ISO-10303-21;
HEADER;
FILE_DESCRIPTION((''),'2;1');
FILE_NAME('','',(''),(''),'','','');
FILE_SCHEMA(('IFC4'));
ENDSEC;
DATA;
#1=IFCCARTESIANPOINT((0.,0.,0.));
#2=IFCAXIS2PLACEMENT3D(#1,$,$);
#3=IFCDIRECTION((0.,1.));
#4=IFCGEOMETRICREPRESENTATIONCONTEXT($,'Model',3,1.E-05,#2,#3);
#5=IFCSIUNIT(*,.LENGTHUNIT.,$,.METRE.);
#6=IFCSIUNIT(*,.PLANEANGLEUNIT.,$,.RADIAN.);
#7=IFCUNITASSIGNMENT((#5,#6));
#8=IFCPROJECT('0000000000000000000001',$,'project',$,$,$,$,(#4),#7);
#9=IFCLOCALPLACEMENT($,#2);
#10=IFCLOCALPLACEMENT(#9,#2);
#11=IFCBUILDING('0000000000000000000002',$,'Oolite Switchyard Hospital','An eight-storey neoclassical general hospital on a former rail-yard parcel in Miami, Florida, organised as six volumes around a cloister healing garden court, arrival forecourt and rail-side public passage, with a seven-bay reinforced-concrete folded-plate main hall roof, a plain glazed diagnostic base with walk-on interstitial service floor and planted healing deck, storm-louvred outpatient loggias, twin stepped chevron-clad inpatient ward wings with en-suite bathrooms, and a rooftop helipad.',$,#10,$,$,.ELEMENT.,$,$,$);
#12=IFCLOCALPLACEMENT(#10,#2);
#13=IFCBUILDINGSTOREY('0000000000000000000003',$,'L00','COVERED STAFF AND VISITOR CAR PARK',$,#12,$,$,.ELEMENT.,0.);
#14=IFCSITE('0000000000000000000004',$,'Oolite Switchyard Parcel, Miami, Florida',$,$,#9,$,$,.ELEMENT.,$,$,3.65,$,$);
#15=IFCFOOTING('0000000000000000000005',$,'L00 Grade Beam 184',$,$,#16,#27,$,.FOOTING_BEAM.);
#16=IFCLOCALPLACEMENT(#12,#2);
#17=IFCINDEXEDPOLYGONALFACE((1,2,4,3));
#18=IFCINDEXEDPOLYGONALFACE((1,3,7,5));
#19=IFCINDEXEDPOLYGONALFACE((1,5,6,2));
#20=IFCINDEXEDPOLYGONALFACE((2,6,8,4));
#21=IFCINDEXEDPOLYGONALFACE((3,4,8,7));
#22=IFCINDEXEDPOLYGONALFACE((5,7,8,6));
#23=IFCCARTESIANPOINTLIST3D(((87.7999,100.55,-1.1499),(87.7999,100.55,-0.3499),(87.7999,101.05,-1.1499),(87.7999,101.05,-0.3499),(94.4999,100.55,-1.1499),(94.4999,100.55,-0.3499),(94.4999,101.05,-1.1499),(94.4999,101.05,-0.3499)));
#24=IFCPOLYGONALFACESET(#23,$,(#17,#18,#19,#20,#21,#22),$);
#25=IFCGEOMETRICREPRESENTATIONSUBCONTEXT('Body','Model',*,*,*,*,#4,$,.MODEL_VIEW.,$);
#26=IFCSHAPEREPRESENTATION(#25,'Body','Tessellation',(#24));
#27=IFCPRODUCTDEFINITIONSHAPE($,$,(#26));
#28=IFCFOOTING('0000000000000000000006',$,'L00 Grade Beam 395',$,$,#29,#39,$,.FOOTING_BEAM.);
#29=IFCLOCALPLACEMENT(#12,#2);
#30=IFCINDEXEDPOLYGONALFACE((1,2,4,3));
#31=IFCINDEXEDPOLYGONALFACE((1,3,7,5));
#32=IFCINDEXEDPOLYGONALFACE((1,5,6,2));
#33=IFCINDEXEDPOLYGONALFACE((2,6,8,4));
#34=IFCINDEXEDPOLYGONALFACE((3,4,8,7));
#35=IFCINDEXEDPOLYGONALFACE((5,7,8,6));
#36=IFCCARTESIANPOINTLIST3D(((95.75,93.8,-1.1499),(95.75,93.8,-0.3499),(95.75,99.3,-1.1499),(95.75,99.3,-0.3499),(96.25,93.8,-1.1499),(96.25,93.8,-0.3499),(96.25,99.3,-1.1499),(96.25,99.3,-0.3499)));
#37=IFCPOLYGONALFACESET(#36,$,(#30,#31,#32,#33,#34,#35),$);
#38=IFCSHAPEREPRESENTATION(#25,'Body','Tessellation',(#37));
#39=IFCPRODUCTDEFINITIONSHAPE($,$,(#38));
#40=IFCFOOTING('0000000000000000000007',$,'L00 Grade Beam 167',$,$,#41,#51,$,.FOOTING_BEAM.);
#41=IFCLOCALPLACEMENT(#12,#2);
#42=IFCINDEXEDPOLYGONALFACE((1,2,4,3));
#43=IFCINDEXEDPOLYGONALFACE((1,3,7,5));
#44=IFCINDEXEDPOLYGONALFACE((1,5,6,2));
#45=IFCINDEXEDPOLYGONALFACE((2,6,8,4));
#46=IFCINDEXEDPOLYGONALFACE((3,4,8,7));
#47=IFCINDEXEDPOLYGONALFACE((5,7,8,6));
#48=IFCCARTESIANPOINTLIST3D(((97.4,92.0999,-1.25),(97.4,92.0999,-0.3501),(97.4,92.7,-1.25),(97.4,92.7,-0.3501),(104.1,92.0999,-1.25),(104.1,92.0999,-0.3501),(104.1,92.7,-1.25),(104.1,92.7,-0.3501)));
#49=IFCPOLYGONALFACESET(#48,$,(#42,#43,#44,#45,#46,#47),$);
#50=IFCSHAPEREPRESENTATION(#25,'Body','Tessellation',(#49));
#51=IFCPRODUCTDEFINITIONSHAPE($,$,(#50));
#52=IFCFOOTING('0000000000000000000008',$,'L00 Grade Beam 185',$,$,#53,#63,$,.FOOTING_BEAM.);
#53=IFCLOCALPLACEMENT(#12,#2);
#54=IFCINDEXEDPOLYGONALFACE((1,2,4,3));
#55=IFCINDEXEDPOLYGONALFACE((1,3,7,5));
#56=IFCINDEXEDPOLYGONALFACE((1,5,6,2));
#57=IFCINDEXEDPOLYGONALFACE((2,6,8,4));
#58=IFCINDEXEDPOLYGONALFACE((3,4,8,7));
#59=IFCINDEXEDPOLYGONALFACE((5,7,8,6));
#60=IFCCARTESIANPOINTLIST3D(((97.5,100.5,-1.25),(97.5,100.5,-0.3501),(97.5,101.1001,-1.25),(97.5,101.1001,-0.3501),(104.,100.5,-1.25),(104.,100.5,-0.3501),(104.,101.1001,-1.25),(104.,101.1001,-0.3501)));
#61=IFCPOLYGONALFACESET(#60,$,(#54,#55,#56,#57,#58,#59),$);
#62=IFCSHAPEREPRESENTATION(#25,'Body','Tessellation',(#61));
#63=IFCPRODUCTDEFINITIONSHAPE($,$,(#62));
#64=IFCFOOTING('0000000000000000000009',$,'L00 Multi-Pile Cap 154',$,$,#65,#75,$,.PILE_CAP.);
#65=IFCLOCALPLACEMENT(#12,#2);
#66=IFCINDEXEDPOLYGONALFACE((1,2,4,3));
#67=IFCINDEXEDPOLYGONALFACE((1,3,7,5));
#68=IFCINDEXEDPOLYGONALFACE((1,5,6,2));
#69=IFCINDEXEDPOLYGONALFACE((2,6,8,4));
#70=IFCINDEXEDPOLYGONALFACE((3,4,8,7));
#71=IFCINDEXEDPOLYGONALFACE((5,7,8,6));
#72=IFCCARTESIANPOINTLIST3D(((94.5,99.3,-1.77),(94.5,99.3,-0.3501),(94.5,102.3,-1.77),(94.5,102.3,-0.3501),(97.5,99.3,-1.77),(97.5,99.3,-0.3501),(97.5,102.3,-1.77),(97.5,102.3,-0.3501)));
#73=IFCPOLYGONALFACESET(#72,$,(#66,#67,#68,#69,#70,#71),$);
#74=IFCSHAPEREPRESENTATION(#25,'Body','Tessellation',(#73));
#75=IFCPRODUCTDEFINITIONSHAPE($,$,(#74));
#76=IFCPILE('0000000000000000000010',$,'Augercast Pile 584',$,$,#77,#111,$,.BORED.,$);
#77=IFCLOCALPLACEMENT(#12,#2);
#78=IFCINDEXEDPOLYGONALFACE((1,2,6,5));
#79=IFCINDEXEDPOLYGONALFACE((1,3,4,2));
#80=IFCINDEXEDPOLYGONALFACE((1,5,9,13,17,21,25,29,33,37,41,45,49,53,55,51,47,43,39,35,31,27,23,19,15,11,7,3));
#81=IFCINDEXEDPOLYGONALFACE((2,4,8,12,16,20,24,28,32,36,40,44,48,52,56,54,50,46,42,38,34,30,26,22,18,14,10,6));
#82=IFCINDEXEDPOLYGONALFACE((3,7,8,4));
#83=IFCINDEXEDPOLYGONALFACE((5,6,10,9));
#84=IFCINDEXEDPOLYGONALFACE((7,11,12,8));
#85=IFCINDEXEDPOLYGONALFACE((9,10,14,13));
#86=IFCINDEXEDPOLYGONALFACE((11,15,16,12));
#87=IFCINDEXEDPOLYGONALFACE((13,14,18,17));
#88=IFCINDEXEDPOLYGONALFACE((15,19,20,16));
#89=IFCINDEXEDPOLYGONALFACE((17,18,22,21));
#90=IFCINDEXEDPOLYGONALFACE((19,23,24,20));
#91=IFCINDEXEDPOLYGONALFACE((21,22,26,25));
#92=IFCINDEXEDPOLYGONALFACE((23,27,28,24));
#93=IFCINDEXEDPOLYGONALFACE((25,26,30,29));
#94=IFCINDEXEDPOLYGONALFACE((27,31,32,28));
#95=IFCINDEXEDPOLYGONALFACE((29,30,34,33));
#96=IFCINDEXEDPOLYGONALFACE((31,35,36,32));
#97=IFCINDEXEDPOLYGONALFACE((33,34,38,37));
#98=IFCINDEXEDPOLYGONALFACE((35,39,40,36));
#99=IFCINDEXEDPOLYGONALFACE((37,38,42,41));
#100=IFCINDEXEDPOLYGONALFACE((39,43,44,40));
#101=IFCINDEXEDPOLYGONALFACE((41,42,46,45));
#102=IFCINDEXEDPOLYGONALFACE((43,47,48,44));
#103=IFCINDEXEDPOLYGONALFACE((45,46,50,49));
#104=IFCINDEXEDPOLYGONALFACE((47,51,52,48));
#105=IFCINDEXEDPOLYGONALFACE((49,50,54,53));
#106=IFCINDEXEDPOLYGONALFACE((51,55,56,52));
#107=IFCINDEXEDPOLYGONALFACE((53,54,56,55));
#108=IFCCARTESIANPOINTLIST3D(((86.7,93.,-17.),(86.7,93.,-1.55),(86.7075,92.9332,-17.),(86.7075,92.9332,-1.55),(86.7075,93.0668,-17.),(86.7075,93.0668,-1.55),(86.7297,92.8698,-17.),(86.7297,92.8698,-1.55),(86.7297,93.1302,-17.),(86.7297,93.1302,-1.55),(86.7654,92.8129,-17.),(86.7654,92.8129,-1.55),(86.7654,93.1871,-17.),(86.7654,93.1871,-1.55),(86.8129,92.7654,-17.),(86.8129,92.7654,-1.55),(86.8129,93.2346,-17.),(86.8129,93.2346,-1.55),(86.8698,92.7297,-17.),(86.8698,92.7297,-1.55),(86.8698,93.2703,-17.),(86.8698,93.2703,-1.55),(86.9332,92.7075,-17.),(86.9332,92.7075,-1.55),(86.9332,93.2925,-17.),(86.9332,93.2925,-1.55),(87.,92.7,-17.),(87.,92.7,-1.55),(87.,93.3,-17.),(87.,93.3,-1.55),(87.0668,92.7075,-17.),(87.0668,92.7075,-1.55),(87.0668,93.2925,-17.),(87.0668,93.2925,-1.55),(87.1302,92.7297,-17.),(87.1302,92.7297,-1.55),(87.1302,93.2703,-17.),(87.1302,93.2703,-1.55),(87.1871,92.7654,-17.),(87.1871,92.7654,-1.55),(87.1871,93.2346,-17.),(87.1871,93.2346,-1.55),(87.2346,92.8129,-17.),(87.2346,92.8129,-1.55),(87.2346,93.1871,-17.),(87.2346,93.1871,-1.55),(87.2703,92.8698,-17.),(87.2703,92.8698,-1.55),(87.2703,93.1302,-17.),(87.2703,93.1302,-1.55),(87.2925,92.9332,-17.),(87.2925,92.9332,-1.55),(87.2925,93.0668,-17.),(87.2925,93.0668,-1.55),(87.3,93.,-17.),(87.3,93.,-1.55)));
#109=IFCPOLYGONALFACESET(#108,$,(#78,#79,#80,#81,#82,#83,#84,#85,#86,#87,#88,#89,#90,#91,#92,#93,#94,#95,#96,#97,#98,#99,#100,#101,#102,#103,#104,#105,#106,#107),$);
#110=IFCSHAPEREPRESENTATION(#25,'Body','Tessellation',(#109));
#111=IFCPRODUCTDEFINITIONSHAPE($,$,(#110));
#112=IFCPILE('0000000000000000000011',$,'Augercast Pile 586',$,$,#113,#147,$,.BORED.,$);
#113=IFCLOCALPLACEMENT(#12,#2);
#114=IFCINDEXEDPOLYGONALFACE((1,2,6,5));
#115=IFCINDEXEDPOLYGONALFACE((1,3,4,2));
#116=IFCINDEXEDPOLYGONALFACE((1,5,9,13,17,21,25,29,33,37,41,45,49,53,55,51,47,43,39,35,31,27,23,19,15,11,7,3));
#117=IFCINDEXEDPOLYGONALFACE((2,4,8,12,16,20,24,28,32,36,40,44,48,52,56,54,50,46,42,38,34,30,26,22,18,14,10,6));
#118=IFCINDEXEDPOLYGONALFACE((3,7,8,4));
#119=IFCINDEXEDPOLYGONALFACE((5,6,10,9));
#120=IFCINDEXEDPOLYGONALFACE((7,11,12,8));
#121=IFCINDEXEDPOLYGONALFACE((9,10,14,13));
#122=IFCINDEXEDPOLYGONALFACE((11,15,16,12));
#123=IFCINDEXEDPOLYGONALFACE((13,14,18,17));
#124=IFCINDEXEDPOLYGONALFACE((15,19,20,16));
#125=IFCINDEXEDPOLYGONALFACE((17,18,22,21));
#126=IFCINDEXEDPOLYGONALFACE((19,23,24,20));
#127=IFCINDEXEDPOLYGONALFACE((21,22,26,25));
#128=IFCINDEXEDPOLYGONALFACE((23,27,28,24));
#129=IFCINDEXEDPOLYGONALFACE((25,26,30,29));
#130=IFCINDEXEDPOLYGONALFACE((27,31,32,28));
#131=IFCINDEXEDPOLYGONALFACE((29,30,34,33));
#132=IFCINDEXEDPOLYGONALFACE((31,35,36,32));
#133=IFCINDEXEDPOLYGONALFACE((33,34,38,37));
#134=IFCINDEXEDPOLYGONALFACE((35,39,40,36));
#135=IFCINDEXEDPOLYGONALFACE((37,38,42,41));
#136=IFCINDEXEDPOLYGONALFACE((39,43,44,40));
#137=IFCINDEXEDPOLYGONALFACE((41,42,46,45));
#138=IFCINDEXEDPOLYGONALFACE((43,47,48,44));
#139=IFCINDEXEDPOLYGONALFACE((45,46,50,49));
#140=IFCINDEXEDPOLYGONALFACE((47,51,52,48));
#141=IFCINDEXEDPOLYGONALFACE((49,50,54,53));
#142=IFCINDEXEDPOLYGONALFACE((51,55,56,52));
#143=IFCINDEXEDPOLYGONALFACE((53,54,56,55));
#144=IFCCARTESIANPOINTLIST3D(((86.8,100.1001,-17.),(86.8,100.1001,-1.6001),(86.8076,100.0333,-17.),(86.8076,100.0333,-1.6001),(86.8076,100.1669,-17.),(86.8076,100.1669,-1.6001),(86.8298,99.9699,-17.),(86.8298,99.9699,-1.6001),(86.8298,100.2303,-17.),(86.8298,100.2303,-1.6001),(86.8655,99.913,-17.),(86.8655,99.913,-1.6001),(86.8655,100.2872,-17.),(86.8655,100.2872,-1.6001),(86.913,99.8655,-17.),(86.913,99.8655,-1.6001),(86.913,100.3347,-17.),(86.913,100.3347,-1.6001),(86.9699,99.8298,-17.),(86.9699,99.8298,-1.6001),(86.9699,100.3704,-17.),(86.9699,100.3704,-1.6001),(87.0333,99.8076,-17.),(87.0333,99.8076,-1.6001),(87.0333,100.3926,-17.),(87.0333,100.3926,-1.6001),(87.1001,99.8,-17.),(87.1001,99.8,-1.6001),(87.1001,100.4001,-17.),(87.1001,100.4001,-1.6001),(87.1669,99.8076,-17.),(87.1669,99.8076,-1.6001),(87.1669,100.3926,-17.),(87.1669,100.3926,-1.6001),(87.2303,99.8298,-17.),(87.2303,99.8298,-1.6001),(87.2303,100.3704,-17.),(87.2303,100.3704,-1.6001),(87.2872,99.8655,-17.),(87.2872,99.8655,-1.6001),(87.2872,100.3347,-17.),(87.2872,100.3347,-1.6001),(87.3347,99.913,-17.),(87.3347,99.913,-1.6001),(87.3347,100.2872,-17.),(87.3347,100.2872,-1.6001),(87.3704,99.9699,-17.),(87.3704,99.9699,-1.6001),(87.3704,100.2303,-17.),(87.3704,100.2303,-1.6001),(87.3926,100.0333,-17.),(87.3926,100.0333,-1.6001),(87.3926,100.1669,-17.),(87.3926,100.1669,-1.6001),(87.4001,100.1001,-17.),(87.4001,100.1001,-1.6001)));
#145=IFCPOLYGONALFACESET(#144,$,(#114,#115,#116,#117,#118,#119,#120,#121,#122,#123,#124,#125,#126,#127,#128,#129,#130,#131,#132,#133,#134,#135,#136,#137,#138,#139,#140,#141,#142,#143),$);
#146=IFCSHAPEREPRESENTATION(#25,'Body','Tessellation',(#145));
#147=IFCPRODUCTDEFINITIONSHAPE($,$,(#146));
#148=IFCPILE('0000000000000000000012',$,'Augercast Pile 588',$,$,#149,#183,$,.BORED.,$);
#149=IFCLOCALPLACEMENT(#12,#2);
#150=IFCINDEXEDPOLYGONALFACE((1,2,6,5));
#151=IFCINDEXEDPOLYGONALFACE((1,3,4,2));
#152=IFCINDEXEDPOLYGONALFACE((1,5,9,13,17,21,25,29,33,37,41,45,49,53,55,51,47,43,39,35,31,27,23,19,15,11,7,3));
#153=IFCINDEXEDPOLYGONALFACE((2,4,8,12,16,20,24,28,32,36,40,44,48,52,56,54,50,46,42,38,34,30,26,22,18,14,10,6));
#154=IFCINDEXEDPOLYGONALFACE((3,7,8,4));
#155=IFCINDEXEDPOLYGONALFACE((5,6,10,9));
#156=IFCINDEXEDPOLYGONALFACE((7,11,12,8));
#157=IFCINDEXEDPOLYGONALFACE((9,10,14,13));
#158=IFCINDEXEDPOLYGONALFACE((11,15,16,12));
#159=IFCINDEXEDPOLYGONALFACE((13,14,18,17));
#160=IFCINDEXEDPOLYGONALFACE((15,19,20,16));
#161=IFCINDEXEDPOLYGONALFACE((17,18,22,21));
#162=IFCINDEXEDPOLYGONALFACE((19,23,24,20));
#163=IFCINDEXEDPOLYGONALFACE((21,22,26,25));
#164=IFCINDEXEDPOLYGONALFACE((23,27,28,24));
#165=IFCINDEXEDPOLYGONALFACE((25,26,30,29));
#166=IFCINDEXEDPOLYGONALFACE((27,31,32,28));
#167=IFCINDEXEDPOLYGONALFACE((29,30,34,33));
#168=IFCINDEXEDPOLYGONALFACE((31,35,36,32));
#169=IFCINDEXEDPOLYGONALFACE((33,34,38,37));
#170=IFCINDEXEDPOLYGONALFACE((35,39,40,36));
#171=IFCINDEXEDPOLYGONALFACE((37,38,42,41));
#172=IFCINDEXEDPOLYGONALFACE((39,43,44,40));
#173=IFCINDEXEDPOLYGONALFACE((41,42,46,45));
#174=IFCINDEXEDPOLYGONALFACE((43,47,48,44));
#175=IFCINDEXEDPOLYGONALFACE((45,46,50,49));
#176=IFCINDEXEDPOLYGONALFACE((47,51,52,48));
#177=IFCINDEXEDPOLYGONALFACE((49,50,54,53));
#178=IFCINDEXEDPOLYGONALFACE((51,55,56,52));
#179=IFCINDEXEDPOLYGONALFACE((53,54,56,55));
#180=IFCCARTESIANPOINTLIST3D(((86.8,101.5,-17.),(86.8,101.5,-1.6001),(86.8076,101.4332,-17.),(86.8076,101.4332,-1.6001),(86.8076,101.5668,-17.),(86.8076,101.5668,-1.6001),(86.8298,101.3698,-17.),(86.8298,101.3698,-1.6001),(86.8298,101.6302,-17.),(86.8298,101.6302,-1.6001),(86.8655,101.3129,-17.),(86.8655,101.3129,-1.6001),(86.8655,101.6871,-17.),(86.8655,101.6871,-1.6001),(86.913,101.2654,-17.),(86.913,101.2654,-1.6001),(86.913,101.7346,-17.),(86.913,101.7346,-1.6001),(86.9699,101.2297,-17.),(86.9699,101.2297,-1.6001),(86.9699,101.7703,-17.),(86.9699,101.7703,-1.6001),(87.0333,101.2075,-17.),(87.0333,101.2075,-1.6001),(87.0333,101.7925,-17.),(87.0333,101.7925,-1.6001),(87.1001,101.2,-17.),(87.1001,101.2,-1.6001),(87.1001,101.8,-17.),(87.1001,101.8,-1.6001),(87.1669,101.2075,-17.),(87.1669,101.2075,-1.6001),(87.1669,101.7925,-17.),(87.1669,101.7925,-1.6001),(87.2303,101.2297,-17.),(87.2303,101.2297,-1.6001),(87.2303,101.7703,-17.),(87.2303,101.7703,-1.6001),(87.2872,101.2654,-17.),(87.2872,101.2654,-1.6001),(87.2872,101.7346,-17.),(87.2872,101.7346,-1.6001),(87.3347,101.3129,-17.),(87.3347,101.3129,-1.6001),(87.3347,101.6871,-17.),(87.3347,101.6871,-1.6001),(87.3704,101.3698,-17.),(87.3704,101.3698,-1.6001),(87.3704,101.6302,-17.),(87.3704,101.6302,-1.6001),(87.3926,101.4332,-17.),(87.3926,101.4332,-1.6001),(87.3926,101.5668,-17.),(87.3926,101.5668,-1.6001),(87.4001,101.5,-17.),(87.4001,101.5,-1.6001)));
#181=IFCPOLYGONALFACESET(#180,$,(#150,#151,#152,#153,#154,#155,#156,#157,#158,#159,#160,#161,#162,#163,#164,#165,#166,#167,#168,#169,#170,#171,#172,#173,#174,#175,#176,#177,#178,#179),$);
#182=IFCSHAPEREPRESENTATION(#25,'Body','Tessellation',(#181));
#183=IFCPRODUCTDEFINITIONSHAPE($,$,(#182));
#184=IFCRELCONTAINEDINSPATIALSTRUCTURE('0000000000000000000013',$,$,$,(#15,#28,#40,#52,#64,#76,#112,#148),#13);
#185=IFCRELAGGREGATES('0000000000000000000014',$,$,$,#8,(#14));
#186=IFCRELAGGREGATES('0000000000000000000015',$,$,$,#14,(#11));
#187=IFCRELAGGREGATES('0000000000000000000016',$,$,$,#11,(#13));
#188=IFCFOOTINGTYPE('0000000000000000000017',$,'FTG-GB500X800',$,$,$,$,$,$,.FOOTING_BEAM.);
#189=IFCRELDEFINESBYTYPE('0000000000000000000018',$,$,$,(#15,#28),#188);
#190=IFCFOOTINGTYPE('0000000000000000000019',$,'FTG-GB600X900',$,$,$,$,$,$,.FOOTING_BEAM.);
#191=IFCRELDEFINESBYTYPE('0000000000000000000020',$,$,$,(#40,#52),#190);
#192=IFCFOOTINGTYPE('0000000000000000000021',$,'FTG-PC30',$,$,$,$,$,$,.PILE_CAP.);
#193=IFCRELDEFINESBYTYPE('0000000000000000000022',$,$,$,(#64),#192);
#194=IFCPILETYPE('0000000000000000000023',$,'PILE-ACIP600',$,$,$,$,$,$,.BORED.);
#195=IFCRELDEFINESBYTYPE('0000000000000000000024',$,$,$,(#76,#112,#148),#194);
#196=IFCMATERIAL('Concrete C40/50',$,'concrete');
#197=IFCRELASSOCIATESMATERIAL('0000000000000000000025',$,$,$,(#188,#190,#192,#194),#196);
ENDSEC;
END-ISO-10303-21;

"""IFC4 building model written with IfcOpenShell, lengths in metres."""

from ifc_helpers import new_model, si_unit, direction, frame, origin, origin_2d, place, context, subcontext, project, spatial, rectangle, circle, extrude, material, material_profile, profile_set, type_object, element, save


model = new_model("IFC4")

# Units and contexts
model_context = context("Model", 3, precision=1e-05, world=origin(), true_north=direction((0.0, 1.0)))
body_context = subcontext(model_context, "Body", "Model", "MODEL_VIEW")
ifc_project = project(units=[si_unit("LENGTHUNIT", "METRE"), si_unit("PLANEANGLEUNIT", "RADIAN")], contexts=[model_context])

# Site, building, storey
site_placement = place(None, origin())
site = spatial("IfcSite", under=ifc_project, at=site_placement, Name="Oolite Switchyard Parcel, Miami, Florida", CompositionType="ELEMENT", RefElevation=3.65)
building_placement = place(site_placement, origin())
building = spatial("IfcBuilding", under=site, at=building_placement, Name="Oolite Switchyard Hospital", Description="An eight-storey neoclassical general hospital on a former rail-yard parcel in Miami, Florida, organised as six volumes around a cloister healing garden court, arrival forecourt and rail-side public passage, with a seven-bay reinforced-concrete folded-plate main hall roof, a plain glazed diagnostic base with walk-on interstitial service floor and planted healing deck, storm-louvred outpatient loggias, twin stepped chevron-clad inpatient ward wings with en-suite bathrooms, and a rooftop helipad.", CompositionType="ELEMENT")
storey_placement = place(building_placement, origin())
storey = spatial("IfcBuildingStorey", under=building, at=storey_placement, Name="L00", Description="COVERED STAFF AND VISITOR CAR PARK", CompositionType="ELEMENT", Elevation=0.0)

# Footings
ifc_material_1 = material(Name="Concrete C40/50", Category="concrete")
footing_type_1 = type_object("IfcFootingType", Name="FTG-GB500X800", PredefinedType="FOOTING_BEAM", material=ifc_material_1)
footing_1_placement = place(storey_placement, frame((91.1499, 100.8, -1.1499), z_axis=(0.0, 0.0, 1.0), x_axis=(1.0, 0.0, 0.0)))
element("IfcFooting", 1, at=footing_1_placement, inside=storey, type_object=footing_type_1, Name="L00 Grade Beam 184", PredefinedType="FOOTING_BEAM", context=body_context, shape_type="SweptSolid", body=[
    extrude(rectangle(XDim=6.7, YDim=0.5, at=origin_2d()), origin(), (0.0, 0.0, 1.0), 0.8),
])
footing_2_placement = place(storey_placement, frame((96.0, 96.55, -1.1499), z_axis=(0.0, 0.0, 1.0), x_axis=(0.0, 1.0, 0.0)))
element("IfcFooting", 2, at=footing_2_placement, inside=storey, type_object=footing_type_1, Name="L00 Grade Beam 395", PredefinedType="FOOTING_BEAM", context=body_context, shape_type="SweptSolid", body=[
    extrude(rectangle(XDim=5.5, YDim=0.5, at=origin_2d()), origin(), (0.0, 0.0, 1.0), 0.8),
])
footing_type_2 = type_object("IfcFootingType", Name="FTG-GB600X900", PredefinedType="FOOTING_BEAM", material=ifc_material_1)
footing_3_placement = place(storey_placement, frame((100.75, 92.3999, -1.25), z_axis=(0.0, 0.0, 1.0), x_axis=(1.0, 0.0, 0.0)))
element("IfcFooting", 3, at=footing_3_placement, inside=storey, type_object=footing_type_2, Name="L00 Grade Beam 167", PredefinedType="FOOTING_BEAM", context=body_context, shape_type="SweptSolid", body=[
    extrude(rectangle(XDim=6.7, YDim=0.6001, at=origin_2d()), origin(), (0.0, 0.0, 1.0), 0.8999),
])
footing_4_placement = place(storey_placement, frame((100.75, 100.8, -1.25), z_axis=(0.0, 0.0, 1.0), x_axis=(1.0, 0.0, 0.0)))
element("IfcFooting", 4, at=footing_4_placement, inside=storey, type_object=footing_type_2, Name="L00 Grade Beam 185", PredefinedType="FOOTING_BEAM", context=body_context, shape_type="SweptSolid", body=[
    extrude(rectangle(XDim=6.5, YDim=0.6001, at=origin_2d()), origin(), (0.0, 0.0, 1.0), 0.8999),
])
footing_type_3 = type_object("IfcFootingType", Name="FTG-PC30", PredefinedType="PILE_CAP", material=ifc_material_1)
footing_5_placement = place(storey_placement, frame((96.0, 100.8, -1.77), z_axis=(0.0, 0.0, 1.0), x_axis=(1.0, 0.0, 0.0)))
element("IfcFooting", 5, at=footing_5_placement, inside=storey, type_object=footing_type_3, Name="L00 Multi-Pile Cap 154", PredefinedType="PILE_CAP", context=body_context, shape_type="SweptSolid", body=[
    extrude(rectangle(XDim=3.0, YDim=3.0, at=origin_2d()), origin(), (0.0, 0.0, 1.0), 1.4199),
])

# Piles
ifc_material_profile_1 = material_profile(ifc_material_1, circle(Radius=0.3, at=origin_2d()), Name="PILE600")
ifc_profile_set_1 = profile_set([ifc_material_profile_1], Name="Concrete C40/50")
pile_type = type_object("IfcPileType", Name="PILE-ACIP600", PredefinedType="BORED", material=ifc_profile_set_1)
pile_placement = place(storey_placement, frame((87.0, 93.0, -1.55), z_axis=(0.0, 0.0, -1.0), x_axis=(1.0, 0.0, 0.0)))
element("IfcPile", 6, at=pile_placement, inside=storey, type_object=pile_type, Name="Augercast Pile 584", PredefinedType="BORED", context=body_context, shape_type="SweptSolid", body=[
    extrude(circle(Radius=0.3, at=origin_2d()), origin(), (0.0, 0.0, 1.0), 15.45),
])
for number, where, z_axis, x_axis, name in (
    (7, (87.1001, 100.1001, -1.6001), (0.0, 0.0, -1.0), (1.0, 0.0, 0.0), "Augercast Pile 586"),
    (8, (87.1001, 101.5, -1.6001), (0.0, 0.0, -1.0), (1.0, 0.0, 0.0), "Augercast Pile 588"),
):
    element("IfcPile", number, at=place(storey_placement, frame(where, z_axis=z_axis, x_axis=x_axis)), inside=storey, type_object=pile_type, Name=name, PredefinedType="BORED", context=body_context, shape_type="SweptSolid", body=[
        extrude(circle(Radius=0.3, at=origin_2d()), origin(), (0.0, 0.0, 1.0), 15.3999),
    ])

save(model, "model.ifc")
